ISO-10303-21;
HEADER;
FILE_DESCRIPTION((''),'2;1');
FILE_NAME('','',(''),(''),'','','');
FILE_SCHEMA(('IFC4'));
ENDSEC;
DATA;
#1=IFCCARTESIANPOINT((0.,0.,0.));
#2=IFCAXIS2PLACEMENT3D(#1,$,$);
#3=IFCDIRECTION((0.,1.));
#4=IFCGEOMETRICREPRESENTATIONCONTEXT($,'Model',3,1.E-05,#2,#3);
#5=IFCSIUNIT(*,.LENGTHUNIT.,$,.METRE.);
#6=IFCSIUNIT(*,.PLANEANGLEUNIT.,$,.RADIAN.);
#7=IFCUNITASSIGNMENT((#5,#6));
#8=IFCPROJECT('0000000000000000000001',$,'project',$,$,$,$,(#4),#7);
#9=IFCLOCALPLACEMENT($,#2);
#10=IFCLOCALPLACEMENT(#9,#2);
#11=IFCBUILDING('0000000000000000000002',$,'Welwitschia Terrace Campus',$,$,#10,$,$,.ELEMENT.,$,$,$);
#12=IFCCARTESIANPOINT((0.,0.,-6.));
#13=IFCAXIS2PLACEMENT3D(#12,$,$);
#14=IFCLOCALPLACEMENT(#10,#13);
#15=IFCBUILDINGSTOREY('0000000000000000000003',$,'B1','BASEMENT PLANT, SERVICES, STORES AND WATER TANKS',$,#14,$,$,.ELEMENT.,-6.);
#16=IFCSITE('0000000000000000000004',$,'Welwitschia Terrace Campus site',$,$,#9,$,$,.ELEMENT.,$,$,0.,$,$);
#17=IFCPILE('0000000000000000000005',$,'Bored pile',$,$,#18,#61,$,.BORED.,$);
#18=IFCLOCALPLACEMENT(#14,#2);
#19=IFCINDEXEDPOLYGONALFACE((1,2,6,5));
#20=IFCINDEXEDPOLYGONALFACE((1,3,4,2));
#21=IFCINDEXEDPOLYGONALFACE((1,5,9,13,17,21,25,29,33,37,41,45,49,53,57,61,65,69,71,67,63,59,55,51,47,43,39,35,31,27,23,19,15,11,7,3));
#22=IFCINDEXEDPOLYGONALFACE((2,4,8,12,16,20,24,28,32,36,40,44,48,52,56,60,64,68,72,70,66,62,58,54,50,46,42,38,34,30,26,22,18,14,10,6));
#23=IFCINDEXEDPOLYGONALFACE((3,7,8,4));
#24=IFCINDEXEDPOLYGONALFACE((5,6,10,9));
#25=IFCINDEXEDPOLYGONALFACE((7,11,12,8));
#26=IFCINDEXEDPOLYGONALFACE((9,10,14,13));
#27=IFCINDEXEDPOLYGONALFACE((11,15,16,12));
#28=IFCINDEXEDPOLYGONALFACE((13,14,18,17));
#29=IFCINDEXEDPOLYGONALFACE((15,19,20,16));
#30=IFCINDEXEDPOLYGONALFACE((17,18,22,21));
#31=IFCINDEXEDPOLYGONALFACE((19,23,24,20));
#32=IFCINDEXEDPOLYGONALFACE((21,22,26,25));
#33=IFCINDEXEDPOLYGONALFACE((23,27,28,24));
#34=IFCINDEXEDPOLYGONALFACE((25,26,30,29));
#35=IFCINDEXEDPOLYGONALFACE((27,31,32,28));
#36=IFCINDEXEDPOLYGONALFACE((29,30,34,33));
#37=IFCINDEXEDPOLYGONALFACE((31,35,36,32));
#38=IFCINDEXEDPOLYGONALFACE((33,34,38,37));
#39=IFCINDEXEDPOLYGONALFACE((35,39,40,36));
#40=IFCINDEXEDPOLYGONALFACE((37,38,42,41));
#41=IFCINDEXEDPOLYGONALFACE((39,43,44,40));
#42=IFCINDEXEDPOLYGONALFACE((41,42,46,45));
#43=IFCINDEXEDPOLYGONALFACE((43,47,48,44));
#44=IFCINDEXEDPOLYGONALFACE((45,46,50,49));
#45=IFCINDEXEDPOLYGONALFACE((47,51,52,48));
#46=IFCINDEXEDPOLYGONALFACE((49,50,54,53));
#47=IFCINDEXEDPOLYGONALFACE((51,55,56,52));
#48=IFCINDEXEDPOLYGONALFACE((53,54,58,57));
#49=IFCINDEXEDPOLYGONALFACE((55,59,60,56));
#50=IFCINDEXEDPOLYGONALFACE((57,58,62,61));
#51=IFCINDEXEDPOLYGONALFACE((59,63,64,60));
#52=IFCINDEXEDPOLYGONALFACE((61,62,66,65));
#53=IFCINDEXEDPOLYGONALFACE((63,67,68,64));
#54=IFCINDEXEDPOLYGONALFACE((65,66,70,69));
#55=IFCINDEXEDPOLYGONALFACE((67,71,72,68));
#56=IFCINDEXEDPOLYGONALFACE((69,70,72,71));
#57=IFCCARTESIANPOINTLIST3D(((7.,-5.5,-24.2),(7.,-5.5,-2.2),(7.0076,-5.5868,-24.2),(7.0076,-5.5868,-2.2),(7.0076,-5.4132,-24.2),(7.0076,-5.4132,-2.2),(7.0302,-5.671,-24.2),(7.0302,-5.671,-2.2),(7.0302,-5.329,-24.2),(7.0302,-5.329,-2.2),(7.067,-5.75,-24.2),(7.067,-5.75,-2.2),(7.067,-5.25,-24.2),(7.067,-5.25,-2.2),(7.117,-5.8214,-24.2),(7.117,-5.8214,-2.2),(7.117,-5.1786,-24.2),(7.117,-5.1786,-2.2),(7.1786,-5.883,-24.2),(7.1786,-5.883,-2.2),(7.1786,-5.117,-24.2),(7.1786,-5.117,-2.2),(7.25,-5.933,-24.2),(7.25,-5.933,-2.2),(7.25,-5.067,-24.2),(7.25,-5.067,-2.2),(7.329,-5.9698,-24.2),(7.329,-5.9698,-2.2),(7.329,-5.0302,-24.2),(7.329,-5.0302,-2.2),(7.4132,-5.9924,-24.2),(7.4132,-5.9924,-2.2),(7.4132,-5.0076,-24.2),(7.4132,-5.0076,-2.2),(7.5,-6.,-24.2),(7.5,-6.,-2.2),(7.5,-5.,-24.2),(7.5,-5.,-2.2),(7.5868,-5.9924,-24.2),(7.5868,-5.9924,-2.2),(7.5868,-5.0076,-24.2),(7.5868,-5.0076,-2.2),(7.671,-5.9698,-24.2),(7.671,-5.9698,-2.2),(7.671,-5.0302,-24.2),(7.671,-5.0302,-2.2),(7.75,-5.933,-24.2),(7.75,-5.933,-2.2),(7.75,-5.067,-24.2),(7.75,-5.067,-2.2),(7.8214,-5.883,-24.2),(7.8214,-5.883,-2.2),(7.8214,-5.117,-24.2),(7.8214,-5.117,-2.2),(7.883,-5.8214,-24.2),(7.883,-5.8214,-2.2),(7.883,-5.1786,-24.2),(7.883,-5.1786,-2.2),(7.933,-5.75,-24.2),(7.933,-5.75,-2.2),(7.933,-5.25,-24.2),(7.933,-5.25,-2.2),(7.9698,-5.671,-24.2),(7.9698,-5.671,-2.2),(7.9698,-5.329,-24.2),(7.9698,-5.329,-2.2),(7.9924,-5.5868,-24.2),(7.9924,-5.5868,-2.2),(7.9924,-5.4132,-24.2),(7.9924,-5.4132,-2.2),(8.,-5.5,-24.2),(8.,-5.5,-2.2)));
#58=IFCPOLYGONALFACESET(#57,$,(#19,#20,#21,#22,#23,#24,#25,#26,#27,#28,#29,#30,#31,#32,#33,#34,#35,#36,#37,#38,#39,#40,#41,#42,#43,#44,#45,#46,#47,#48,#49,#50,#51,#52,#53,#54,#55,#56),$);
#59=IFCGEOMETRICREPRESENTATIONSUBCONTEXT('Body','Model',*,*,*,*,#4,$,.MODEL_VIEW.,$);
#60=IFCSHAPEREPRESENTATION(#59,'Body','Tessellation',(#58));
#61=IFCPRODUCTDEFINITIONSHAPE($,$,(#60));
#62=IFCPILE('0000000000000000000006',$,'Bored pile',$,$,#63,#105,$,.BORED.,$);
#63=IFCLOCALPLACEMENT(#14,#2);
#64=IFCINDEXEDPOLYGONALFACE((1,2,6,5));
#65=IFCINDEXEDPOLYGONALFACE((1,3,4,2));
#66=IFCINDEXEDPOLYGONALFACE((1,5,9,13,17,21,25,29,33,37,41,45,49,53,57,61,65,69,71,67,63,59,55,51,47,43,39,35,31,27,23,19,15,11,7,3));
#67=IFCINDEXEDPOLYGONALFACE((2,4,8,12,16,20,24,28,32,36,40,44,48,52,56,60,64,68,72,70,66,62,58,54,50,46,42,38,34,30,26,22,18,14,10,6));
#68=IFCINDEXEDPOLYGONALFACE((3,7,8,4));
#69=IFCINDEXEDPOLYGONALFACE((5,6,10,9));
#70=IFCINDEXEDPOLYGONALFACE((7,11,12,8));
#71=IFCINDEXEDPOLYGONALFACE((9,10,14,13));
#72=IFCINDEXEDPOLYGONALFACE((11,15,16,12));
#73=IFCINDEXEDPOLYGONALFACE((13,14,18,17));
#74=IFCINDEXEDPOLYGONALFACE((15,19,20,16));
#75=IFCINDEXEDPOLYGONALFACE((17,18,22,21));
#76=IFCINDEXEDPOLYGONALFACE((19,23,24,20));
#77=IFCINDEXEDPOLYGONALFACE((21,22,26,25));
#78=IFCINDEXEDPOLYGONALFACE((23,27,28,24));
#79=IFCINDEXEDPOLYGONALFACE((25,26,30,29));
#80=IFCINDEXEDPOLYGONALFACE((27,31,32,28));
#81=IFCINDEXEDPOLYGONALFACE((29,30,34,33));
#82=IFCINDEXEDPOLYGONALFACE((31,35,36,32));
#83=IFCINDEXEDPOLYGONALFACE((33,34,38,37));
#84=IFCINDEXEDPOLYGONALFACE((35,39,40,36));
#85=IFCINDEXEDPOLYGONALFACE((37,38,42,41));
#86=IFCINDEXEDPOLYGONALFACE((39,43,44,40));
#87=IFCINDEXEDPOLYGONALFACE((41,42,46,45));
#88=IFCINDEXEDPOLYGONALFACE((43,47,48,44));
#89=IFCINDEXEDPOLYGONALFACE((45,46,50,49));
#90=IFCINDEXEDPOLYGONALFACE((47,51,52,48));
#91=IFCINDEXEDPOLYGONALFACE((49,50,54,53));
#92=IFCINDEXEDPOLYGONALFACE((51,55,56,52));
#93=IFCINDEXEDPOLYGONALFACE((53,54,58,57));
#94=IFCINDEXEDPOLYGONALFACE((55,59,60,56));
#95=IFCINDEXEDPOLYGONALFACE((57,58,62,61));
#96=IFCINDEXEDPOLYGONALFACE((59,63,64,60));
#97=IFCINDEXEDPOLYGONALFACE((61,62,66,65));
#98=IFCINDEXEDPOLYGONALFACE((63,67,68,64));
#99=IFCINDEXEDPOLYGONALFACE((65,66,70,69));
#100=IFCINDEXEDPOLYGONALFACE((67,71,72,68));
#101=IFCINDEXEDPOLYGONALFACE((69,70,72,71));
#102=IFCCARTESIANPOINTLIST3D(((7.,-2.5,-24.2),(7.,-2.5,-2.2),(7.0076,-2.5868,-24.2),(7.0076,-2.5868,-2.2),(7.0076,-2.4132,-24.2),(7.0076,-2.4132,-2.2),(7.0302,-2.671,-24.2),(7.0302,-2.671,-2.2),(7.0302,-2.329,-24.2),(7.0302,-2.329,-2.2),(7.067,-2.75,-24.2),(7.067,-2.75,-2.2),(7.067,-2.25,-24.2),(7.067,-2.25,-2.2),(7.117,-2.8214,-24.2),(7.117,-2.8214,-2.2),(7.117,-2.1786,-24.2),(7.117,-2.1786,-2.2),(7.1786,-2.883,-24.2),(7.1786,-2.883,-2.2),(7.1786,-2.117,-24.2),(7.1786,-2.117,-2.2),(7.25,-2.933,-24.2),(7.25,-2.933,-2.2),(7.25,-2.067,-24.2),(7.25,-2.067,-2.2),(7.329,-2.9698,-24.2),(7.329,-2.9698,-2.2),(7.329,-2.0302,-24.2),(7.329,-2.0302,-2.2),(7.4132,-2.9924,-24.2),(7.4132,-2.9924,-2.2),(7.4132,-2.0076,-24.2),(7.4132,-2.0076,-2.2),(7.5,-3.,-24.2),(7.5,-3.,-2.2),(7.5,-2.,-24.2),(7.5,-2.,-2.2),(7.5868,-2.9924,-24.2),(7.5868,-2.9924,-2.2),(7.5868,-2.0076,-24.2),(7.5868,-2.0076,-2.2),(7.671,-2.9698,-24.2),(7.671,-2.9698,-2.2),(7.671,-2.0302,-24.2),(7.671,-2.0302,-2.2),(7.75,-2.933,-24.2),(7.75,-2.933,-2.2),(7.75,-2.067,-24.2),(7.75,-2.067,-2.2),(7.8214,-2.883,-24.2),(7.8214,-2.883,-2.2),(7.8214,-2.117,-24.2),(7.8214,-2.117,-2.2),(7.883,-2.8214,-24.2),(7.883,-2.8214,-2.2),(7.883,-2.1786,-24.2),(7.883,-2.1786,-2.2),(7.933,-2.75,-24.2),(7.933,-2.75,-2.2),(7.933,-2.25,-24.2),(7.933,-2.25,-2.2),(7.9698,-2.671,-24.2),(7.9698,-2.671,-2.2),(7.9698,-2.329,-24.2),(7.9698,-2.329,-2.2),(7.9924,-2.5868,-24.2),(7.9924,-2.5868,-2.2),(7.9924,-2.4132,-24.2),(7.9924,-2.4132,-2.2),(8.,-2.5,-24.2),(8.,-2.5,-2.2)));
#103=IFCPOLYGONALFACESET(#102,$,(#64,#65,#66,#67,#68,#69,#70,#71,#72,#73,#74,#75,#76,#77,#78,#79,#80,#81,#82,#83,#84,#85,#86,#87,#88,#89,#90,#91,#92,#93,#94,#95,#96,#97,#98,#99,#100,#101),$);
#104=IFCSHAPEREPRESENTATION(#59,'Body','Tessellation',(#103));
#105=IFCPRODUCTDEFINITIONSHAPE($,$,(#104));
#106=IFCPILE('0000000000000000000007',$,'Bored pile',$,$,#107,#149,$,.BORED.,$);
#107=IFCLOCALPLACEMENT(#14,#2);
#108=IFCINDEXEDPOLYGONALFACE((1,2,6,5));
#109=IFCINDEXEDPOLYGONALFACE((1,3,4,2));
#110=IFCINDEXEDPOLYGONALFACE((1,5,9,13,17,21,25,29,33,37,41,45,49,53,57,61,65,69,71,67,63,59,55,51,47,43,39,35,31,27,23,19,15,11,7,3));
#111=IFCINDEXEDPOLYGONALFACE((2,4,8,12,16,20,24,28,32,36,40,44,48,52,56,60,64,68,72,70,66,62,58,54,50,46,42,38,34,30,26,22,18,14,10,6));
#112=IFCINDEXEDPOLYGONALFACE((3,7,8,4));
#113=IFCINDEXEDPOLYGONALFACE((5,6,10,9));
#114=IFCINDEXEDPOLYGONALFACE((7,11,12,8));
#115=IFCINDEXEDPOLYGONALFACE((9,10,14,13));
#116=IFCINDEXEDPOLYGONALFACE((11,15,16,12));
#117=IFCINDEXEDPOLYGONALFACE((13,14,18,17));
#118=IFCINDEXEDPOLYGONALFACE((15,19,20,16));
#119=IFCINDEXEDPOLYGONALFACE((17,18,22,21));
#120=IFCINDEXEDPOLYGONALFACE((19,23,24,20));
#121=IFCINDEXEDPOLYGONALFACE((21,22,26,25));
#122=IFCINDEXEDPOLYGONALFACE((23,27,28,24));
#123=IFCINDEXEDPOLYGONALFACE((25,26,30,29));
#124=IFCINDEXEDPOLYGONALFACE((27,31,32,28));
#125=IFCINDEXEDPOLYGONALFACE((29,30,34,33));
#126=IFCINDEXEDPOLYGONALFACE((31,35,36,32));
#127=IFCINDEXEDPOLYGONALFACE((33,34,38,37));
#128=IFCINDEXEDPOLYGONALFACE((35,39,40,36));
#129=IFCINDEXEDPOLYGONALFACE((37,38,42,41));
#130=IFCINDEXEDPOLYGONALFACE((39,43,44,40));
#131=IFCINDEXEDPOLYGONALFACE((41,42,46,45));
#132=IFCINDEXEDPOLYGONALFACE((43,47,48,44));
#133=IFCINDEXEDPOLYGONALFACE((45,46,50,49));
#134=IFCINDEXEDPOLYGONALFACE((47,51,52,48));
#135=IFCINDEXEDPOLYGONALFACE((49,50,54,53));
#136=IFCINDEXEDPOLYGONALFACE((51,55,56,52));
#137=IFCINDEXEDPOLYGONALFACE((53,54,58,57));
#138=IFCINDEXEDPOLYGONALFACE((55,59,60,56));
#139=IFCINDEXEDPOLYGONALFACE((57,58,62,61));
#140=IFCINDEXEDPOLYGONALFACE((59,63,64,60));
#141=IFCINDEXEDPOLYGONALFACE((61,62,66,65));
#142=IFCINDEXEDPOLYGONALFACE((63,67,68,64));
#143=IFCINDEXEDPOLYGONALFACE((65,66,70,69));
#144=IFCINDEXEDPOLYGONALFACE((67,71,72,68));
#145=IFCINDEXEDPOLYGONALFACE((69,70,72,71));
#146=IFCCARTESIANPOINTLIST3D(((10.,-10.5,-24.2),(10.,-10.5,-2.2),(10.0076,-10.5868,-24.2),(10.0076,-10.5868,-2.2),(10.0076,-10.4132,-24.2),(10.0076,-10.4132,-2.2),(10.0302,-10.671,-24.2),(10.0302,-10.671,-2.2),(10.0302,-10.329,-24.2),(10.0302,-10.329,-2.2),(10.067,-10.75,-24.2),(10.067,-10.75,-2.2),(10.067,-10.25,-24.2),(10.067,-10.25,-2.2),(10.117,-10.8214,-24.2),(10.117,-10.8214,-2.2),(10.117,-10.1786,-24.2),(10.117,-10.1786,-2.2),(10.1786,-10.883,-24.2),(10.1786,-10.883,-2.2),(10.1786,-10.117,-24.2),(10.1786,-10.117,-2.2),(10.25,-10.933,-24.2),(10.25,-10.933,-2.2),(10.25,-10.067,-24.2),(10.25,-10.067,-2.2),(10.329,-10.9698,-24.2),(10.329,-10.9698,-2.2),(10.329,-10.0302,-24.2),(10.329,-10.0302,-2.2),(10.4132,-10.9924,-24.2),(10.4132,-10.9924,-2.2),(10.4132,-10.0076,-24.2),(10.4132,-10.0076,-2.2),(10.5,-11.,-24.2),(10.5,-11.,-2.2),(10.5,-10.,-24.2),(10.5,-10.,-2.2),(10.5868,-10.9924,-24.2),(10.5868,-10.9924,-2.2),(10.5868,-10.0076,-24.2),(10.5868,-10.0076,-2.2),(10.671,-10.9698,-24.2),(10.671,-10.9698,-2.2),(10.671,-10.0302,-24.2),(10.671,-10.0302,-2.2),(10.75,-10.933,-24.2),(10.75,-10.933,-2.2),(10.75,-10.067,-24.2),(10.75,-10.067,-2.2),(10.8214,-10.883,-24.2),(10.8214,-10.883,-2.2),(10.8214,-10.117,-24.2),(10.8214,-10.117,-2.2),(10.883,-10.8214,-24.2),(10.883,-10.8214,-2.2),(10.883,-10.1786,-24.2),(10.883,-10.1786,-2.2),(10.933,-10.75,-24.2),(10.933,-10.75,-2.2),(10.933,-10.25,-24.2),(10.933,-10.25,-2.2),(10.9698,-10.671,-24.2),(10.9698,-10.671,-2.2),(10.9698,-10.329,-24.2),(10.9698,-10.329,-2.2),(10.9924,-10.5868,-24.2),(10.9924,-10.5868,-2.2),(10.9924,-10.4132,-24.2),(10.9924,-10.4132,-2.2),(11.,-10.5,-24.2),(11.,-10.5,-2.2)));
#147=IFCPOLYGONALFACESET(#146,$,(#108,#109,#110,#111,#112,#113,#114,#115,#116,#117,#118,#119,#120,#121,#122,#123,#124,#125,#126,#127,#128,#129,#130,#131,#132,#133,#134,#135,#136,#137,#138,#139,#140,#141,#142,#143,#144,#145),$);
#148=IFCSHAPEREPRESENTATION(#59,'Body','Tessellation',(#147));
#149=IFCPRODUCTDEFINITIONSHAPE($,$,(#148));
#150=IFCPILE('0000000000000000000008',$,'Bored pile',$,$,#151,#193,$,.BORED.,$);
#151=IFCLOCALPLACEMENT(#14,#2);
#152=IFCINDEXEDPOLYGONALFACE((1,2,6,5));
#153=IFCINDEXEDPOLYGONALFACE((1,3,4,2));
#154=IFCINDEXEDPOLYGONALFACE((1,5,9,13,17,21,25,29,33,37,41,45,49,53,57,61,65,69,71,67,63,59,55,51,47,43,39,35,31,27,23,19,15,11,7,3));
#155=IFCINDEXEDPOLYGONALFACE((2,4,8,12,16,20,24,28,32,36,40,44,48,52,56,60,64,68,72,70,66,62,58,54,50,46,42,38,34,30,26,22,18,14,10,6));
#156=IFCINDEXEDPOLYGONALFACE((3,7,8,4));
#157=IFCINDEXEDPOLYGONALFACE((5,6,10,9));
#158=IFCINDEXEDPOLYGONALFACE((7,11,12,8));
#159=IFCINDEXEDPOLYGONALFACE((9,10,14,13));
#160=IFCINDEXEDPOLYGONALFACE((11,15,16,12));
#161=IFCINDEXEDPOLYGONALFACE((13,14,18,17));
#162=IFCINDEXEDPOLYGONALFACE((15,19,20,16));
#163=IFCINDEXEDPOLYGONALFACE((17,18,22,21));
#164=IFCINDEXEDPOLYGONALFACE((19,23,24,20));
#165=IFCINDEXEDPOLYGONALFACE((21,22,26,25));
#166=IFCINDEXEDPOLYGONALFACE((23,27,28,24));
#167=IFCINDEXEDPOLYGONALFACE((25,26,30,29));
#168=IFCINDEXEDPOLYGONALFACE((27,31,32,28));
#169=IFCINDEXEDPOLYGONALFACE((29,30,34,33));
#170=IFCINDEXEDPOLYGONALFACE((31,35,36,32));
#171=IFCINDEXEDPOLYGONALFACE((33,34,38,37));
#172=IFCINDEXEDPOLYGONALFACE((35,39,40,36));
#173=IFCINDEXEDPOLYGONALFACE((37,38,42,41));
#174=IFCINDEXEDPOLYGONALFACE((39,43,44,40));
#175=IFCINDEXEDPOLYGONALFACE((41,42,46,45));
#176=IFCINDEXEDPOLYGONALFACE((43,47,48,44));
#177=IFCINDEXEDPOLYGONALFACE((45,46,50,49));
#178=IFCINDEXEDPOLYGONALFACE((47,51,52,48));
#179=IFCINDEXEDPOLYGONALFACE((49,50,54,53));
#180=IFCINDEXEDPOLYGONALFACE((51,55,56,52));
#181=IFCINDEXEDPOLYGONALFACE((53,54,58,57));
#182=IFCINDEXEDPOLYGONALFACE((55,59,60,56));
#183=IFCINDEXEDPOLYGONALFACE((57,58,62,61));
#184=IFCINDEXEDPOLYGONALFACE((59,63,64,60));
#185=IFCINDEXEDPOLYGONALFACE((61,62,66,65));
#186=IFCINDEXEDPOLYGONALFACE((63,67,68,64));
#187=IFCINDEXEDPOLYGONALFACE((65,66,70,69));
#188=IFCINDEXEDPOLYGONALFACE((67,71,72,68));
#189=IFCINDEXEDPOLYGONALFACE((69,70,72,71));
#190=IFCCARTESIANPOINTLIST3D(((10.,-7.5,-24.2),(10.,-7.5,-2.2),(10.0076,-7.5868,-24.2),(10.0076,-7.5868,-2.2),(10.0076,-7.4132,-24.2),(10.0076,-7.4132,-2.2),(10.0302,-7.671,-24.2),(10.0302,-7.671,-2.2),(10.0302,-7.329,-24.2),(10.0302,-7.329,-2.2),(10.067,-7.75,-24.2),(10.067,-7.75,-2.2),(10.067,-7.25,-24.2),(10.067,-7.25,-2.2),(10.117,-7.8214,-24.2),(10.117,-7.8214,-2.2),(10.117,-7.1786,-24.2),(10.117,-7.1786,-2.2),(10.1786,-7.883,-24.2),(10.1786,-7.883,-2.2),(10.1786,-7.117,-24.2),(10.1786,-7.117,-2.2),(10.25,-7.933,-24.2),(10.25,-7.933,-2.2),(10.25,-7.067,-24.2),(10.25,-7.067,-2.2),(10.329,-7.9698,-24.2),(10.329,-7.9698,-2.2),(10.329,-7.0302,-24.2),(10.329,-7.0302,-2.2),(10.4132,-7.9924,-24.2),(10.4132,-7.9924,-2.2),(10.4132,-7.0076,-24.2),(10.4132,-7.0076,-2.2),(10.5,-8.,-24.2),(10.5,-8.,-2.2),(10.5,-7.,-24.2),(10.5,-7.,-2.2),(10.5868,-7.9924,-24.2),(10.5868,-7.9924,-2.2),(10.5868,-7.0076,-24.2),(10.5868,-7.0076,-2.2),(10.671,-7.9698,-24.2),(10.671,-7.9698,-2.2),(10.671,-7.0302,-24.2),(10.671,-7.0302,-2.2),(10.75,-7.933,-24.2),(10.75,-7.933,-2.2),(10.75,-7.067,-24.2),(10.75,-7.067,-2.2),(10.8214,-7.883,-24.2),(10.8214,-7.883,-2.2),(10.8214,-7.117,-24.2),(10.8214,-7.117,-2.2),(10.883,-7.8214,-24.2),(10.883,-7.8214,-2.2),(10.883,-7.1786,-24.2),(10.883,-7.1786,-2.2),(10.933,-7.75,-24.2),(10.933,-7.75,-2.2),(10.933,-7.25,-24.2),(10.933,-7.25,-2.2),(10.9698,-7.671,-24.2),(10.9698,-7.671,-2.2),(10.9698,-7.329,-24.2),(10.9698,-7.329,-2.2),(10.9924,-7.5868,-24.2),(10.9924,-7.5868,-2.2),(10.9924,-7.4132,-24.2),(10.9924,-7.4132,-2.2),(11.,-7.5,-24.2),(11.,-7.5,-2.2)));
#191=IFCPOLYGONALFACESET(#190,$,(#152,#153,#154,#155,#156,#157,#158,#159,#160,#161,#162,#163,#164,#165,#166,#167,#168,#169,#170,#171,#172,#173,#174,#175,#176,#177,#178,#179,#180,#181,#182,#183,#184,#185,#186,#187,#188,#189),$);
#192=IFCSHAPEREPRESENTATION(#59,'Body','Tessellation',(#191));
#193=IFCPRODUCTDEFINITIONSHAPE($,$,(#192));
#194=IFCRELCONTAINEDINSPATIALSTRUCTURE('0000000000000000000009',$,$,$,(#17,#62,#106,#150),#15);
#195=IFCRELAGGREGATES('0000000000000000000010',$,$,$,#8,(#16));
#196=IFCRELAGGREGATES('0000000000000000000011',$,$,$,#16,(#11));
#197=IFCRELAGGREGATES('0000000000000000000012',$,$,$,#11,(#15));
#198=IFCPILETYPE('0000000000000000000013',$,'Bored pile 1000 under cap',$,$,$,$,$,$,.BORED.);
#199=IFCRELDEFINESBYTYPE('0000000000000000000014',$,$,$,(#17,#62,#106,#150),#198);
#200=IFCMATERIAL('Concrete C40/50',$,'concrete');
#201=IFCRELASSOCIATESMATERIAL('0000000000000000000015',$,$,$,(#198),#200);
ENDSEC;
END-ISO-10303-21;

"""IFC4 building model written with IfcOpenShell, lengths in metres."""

from ifc_helpers import new_model, si_unit, direction, frame, origin, origin_2d, place, context, subcontext, project, spatial, circle, extrude, material, type_object, element, save


model = new_model("IFC4")

# Units and contexts
model_context = context("Model", 3, precision=1e-05, world=origin(), true_north=direction((0.0, 1.0)))
body_context = subcontext(model_context, "Body", "Model", "MODEL_VIEW")
ifc_project = project(units=[si_unit("LENGTHUNIT", "METRE"), si_unit("PLANEANGLEUNIT", "RADIAN")], contexts=[model_context])

# Site, building, storey
site_placement = place(None, origin())
site = spatial("IfcSite", under=ifc_project, at=site_placement, Name="Welwitschia Terrace Campus site", CompositionType="ELEMENT", RefElevation=0.0)
building_placement = place(site_placement, origin())
building = spatial("IfcBuilding", under=site, at=building_placement, Name="Welwitschia Terrace Campus", CompositionType="ELEMENT")
storey_placement = place(building_placement, frame((0.0, 0.0, -6.0)))
storey = spatial("IfcBuildingStorey", under=building, at=storey_placement, Name="B1", Description="BASEMENT PLANT, SERVICES, STORES AND WATER TANKS", CompositionType="ELEMENT", Elevation=-6.0)

# Piles
ifc_material_1 = material(Name="Concrete C40/50", Category="concrete")
pile_type_1 = type_object("IfcPileType", Name="Bored pile 1000 under cap", PredefinedType="BORED", material=ifc_material_1)
for number, where, z_axis, x_axis, name in (
    (1, (7.5, -5.5, -2.2), (0.0, 0.0, -1.0), (1.0, 0.0, 0.0), "Bored pile"),
    (2, (7.5, -2.5, -2.2), (0.0, 0.0, -1.0), (1.0, 0.0, 0.0), "Bored pile"),
    (3, (10.5, -10.5, -2.2), (0.0, 0.0, -1.0), (1.0, 0.0, 0.0), "Bored pile"),
    (4, (10.5, -7.5, -2.2), (0.0, 0.0, -1.0), (1.0, 0.0, 0.0), "Bored pile"),
):
    element("IfcPile", number, at=place(storey_placement, frame(where, z_axis=z_axis, x_axis=x_axis)), inside=storey, type_object=pile_type_1, Name=name, PredefinedType="BORED", context=body_context, shape_type="SweptSolid", body=[
        extrude(circle(Radius=0.5, at=origin_2d()), origin(), (0.0, 0.0, 1.0), 22.0),
    ])

save(model, "model.ifc")
